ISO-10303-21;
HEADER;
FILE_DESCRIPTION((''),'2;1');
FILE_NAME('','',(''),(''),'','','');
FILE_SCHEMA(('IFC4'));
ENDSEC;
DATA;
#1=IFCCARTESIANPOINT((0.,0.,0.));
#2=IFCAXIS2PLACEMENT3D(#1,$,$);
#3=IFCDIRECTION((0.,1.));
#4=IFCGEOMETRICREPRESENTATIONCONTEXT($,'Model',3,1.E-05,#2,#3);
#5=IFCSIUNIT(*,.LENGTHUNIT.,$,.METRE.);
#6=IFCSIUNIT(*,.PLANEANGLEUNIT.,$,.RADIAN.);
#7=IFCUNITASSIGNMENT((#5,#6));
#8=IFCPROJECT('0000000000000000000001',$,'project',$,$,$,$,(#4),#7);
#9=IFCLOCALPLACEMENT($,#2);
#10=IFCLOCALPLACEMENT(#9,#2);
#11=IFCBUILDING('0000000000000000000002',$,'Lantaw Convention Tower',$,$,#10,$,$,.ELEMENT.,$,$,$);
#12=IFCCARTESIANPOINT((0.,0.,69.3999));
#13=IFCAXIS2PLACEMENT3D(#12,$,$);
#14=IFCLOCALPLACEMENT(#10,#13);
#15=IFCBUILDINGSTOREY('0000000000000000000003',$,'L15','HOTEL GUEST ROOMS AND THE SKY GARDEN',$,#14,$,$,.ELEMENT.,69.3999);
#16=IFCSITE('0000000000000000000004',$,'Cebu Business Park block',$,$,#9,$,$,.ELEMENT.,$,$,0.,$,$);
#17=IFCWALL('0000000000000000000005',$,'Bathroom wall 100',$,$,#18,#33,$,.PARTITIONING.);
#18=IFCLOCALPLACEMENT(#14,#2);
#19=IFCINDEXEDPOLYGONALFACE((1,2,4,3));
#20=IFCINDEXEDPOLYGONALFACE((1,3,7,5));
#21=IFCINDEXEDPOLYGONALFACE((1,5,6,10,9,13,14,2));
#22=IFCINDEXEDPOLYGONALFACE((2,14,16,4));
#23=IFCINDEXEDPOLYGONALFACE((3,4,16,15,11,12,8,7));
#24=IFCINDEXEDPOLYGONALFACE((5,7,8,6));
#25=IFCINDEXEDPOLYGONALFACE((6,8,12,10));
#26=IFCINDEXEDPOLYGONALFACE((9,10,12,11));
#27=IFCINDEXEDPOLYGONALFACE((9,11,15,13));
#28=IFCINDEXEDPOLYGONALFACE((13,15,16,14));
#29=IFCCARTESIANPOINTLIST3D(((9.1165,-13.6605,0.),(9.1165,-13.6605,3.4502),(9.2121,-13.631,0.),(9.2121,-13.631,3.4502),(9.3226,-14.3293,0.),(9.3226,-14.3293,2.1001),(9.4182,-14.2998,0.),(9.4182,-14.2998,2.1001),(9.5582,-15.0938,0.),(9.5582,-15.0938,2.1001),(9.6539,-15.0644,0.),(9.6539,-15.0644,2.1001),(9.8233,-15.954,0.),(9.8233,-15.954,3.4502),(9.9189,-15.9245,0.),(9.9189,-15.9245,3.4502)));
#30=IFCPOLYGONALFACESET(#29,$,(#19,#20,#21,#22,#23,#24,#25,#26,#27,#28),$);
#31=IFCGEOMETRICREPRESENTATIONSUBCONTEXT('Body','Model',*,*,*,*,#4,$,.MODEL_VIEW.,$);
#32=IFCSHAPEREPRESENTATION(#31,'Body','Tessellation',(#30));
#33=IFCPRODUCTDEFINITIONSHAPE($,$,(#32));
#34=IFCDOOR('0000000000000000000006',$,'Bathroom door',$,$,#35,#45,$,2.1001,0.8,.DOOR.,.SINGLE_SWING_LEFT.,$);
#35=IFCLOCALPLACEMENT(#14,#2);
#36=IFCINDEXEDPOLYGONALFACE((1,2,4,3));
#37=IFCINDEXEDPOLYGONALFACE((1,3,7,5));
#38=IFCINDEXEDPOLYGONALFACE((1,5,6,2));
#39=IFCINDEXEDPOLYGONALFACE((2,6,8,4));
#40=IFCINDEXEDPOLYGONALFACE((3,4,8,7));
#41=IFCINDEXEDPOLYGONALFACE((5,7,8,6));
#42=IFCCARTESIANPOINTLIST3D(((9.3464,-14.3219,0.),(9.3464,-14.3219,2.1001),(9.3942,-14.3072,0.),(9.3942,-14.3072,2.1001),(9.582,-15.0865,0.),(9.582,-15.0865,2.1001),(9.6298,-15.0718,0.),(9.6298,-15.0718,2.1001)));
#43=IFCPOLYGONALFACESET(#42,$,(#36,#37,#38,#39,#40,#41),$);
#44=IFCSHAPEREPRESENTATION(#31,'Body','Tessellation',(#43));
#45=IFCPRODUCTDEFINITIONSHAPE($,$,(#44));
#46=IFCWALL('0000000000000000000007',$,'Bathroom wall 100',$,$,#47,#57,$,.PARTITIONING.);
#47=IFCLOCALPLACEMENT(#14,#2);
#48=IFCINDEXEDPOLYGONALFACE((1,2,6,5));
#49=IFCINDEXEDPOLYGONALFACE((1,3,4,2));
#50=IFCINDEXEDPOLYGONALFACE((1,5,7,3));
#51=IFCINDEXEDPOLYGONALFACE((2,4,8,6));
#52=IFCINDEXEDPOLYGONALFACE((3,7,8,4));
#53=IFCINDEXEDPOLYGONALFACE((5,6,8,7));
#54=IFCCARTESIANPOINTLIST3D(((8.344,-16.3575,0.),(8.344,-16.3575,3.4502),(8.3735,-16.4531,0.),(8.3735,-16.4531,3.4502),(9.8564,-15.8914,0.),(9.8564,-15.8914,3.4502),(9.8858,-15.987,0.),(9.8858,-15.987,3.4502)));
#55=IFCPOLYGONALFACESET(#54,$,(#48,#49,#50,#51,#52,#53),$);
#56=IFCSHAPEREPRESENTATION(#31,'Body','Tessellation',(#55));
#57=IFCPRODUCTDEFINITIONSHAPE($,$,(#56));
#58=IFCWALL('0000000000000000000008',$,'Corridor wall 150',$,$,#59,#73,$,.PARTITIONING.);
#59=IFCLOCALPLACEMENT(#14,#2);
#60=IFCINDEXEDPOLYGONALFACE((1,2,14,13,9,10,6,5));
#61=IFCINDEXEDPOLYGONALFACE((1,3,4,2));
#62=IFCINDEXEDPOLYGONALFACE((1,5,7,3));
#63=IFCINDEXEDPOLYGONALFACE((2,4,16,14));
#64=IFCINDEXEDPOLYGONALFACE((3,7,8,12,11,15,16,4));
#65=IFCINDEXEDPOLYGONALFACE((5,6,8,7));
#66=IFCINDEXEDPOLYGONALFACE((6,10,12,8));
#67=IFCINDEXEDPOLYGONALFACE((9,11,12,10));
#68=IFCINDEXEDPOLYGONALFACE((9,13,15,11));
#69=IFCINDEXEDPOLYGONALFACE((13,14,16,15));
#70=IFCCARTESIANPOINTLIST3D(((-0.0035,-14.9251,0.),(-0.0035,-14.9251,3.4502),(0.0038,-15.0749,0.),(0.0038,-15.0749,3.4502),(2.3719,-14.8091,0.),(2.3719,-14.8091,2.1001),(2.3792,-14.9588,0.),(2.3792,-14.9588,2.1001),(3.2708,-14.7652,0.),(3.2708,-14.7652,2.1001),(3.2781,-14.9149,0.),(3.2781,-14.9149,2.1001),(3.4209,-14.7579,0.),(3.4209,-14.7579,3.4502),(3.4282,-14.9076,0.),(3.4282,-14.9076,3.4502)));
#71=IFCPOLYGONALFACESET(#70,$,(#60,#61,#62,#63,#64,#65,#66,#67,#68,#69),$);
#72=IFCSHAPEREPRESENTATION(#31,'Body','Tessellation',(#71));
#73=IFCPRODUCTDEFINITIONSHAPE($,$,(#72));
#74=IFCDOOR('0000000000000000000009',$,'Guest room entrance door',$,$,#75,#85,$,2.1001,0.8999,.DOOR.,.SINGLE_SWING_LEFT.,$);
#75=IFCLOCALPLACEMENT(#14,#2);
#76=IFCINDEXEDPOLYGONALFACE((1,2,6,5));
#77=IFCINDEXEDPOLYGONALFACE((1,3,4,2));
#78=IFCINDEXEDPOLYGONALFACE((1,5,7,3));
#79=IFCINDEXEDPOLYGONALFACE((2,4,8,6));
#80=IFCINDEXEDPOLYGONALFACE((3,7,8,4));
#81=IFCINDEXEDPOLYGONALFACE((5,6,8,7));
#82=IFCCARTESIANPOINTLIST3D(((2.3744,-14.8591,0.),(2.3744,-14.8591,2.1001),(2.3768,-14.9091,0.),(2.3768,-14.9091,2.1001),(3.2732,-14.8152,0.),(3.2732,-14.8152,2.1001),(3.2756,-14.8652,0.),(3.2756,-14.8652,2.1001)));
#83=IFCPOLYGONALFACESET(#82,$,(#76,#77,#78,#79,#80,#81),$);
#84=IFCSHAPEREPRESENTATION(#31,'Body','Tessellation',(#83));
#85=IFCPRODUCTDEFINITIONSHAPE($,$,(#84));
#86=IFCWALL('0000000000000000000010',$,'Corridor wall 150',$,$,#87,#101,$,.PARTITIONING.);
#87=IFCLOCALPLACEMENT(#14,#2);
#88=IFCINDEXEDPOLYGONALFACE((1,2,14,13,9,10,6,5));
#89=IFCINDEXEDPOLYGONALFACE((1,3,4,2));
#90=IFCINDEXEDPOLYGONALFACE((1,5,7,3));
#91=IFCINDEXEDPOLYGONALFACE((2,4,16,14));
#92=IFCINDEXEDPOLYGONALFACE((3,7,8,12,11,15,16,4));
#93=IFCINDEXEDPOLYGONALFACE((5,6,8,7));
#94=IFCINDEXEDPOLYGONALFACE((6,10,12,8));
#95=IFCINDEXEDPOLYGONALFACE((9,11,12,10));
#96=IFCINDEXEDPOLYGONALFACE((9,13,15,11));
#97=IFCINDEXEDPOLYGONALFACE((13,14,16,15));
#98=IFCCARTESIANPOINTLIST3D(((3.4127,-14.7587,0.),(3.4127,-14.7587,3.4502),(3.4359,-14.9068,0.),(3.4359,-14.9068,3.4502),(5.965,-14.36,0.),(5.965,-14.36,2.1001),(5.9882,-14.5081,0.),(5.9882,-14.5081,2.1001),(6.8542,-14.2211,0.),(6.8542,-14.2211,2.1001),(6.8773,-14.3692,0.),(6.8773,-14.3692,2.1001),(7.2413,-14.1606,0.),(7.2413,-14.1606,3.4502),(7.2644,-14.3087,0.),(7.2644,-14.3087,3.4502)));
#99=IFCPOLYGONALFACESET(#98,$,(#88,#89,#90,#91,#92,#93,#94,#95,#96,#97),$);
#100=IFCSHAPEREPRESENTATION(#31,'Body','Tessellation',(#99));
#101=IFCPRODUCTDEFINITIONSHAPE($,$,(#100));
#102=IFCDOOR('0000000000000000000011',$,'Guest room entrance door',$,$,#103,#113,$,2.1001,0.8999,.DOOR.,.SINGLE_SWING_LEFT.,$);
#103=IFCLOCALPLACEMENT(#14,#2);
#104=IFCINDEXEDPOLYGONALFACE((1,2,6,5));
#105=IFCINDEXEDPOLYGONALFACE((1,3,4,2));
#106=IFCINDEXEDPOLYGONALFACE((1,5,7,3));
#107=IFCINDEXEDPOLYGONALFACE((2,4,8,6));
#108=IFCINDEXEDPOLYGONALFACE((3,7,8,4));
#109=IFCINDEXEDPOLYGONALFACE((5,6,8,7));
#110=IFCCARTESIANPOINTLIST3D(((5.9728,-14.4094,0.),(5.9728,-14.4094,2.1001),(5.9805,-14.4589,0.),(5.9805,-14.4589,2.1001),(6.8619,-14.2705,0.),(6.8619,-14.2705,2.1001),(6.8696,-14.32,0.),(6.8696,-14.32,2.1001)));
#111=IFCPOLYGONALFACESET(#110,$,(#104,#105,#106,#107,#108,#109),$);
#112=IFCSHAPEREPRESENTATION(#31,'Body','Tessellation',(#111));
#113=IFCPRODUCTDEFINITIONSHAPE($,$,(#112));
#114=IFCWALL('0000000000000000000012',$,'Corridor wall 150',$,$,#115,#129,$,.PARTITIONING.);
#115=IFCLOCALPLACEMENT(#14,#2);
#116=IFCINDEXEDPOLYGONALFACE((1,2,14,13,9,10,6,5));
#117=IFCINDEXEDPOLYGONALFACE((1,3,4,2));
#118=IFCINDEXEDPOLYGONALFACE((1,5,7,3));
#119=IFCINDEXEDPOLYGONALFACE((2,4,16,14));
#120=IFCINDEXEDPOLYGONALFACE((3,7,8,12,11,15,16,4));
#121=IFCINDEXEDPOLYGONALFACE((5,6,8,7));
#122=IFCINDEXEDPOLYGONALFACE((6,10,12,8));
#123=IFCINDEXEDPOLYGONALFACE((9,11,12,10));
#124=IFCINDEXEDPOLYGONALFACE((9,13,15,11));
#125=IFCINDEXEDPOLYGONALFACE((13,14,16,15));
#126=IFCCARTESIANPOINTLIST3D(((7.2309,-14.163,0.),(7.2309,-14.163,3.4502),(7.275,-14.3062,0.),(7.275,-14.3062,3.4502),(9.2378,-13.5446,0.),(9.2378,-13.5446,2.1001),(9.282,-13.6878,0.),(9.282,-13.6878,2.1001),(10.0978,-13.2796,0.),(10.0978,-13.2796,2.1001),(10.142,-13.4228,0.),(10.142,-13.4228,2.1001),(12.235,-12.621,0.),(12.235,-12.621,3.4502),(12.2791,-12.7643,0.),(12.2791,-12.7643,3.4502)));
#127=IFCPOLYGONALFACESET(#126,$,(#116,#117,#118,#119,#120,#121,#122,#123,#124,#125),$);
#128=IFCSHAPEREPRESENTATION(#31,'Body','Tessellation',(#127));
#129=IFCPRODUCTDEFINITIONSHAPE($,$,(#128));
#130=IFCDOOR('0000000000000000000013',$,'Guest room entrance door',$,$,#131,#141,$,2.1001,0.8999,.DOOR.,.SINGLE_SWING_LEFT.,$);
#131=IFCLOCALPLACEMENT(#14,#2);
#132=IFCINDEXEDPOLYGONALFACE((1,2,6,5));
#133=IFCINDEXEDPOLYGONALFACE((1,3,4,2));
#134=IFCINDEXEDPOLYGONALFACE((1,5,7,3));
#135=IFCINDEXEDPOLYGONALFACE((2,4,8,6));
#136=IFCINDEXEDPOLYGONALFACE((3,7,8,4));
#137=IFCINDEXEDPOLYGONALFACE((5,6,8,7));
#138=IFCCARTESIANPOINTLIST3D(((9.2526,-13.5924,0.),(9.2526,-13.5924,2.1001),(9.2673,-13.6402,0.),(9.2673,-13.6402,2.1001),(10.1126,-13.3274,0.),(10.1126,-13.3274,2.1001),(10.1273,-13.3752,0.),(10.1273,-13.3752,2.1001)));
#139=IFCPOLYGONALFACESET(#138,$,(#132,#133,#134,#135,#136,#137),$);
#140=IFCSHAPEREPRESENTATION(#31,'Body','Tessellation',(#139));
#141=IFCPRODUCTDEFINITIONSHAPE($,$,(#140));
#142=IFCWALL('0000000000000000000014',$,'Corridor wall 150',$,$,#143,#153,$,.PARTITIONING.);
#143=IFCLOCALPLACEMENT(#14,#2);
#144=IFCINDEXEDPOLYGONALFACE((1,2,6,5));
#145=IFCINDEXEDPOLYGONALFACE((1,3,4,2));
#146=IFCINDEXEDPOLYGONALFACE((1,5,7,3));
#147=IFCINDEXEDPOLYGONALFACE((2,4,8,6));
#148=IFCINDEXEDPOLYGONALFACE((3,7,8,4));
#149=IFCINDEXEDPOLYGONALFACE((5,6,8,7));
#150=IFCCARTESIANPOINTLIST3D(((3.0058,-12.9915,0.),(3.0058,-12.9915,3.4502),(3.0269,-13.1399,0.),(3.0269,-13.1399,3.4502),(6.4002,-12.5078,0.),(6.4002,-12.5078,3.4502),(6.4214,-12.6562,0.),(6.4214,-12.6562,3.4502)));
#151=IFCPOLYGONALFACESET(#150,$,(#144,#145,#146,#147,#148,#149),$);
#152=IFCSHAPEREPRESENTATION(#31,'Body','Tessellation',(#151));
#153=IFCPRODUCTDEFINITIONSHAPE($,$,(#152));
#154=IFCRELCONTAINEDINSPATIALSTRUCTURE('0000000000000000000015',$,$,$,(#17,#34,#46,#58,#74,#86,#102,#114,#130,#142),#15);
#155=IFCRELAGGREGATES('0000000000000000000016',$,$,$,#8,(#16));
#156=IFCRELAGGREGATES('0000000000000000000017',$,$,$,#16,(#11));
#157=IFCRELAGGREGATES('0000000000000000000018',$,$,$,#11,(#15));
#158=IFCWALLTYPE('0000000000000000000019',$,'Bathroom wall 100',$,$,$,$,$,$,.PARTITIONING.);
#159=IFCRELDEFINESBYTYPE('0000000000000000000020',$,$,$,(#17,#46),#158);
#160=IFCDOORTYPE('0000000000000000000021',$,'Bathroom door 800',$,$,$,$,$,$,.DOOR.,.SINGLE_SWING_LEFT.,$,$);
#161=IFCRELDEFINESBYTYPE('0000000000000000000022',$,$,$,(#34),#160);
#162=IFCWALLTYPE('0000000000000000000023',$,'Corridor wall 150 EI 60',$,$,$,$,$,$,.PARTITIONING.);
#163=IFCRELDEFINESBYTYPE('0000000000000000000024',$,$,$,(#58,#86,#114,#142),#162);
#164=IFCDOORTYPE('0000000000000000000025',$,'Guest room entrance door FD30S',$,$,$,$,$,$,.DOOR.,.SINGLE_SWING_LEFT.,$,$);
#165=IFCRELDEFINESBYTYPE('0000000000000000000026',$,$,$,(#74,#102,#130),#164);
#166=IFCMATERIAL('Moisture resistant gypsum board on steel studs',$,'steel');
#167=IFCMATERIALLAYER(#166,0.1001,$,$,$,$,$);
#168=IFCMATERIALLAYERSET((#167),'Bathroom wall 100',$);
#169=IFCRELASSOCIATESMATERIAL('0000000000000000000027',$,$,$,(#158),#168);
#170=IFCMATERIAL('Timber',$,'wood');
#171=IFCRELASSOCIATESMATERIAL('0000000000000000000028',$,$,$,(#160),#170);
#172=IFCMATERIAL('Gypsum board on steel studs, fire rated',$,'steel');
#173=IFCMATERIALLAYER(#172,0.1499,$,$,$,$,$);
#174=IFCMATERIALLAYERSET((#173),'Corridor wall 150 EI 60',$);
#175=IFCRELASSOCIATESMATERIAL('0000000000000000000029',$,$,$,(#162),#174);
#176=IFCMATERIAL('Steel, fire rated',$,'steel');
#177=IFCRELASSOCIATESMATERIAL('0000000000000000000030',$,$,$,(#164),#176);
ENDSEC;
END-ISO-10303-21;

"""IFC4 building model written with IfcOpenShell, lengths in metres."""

from ifc_helpers import new_model, si_unit, direction, frame, frame_2d, origin, place, context, subcontext, project, spatial, rectangle, extrude, material, layer, layer_set, type_object, element, fill, save


model = new_model("IFC4")

# Units and contexts
model_context = context("Model", 3, precision=1e-05, world=origin(), true_north=direction((0.0, 1.0)))
body_context = subcontext(model_context, "Body", "Model", "MODEL_VIEW")
ifc_project = project(units=[si_unit("LENGTHUNIT", "METRE"), si_unit("PLANEANGLEUNIT", "RADIAN")], contexts=[model_context])

# Site, building, storey
site_placement = place(None, origin())
site = spatial("IfcSite", under=ifc_project, at=site_placement, Name="Cebu Business Park block", CompositionType="ELEMENT", RefElevation=0.0)
building_placement = place(site_placement, origin())
building = spatial("IfcBuilding", under=site, at=building_placement, Name="Lantaw Convention Tower", CompositionType="ELEMENT")
storey_placement = place(building_placement, frame((0.0, 0.0, 69.3999)))
storey = spatial("IfcBuildingStorey", under=building, at=storey_placement, Name="L15", Description="HOTEL GUEST ROOMS AND THE SKY GARDEN", CompositionType="ELEMENT", Elevation=69.3999)

# Shared definitions
ifc_material_1 = material(Name="Moisture resistant gypsum board on steel studs", Category="steel")
ifc_layer_1 = layer(ifc_material_1, 0.1001)
ifc_layer_set_1 = layer_set([ifc_layer_1], Name="Bathroom wall 100")
wall_type_1 = type_object("IfcWallType", Name="Bathroom wall 100", PredefinedType="PARTITIONING", material=ifc_layer_set_1)
ifc_material_2 = material(Name="Timber", Category="wood")
door_type_1 = type_object("IfcDoorType", Name="Bathroom door 800", OperationType="SINGLE_SWING_LEFT", PredefinedType="DOOR", material=ifc_material_2)

# Wall, opening, door
wall_1_placement = place(storey_placement, frame((9.1643, -13.6458, 0.0), z_axis=(0.0, 0.0, 1.0), x_axis=(0.294508, -0.955649, 0.0)))
wall_1 = element("IfcWall", 1, at=wall_1_placement, inside=storey, type_object=wall_type_1, Name="Bathroom wall 100", PredefinedType="PARTITIONING", context=body_context, shape_type="SweptSolid", body=[
    extrude(rectangle(XDim=2.3999, YDim=0.1001, at=frame_2d((1.2, 0.0))), origin(), (0.0, 0.0, 1.0), 3.4502),
])
opening_1_placement = place(wall_1_placement, frame((0.7, 0.0, 0.0)))
opening_1 = element("IfcOpeningElement", 2, at=opening_1_placement, cuts=wall_1, PredefinedType="OPENING", context=body_context, shape_type="SweptSolid", body=[
    extrude(rectangle(XDim=0.8, YDim=2.1001, at=frame_2d((0.3999, 1.05))), frame((0.0, 0.0601, 0.0), z_axis=(0.0, -1.0, 0.0), x_axis=(1.0, 0.0, 0.0)), (0.0, 0.0, 1.0), 0.1201),
])
door_1_placement = place(opening_1_placement, origin())
door_1 = element("IfcDoor", 3, at=door_1_placement, inside=storey, type_object=door_type_1, Name="Bathroom door", OperationType="SINGLE_SWING_LEFT", OverallHeight=2.1001, OverallWidth=0.8, PredefinedType="DOOR", context=body_context, shape_type="SweptSolid", body=[
    extrude(rectangle(XDim=0.8, YDim=2.1001, at=frame_2d((0.3999, 1.05))), frame((0.0, 0.0249, 0.0), z_axis=(0.0, -1.0, 0.0), x_axis=(1.0, 0.0, 0.0)), (0.0, 0.0, 1.0), 0.05),
])
fill(opening_1, door_1)

# Wall
wall_2_placement = place(storey_placement, frame((9.8711, -15.9392, 0.0), z_axis=(0.0, 0.0, 1.0), x_axis=(-0.955642, -0.29453, 0.0)))
element("IfcWall", 4, at=wall_2_placement, inside=storey, type_object=wall_type_1, Name="Bathroom wall 100", PredefinedType="PARTITIONING", context=body_context, shape_type="SweptSolid", body=[
    extrude(rectangle(XDim=1.5825, YDim=0.1001, at=frame_2d((0.7913, 0.0))), origin(), (0.0, 0.0, 1.0), 3.4502),
])

# Walls, openings, doors
ifc_material_3 = material(Name="Gypsum board on steel studs, fire rated", Category="steel")
ifc_layer_2 = layer(ifc_material_3, 0.1499)
ifc_layer_set_2 = layer_set([ifc_layer_2], Name="Corridor wall 150 EI 60")
wall_type_2 = type_object("IfcWallType", Name="Corridor wall 150 EI 60", PredefinedType="PARTITIONING", material=ifc_layer_set_2)
wall_3_placement = place(storey_placement, frame((0.0, -15.0, 0.0), z_axis=(0.0, 0.0, 1.0), x_axis=(0.99881, 0.04878, 0.0)))
wall_3 = element("IfcWall", 5, at=wall_3_placement, inside=storey, type_object=wall_type_2, Name="Corridor wall 150", PredefinedType="PARTITIONING", context=body_context, shape_type="SweptSolid", body=[
    extrude(rectangle(XDim=3.4285, YDim=0.1499, at=frame_2d((1.7144, 0.0))), origin(), (0.0, 0.0, 1.0), 3.4502),
])
opening_2_placement = place(wall_3_placement, frame((2.3784, 0.0, 0.0)))
opening_2 = element("IfcOpeningElement", 6, at=opening_2_placement, cuts=wall_3, PredefinedType="OPENING", context=body_context, shape_type="SweptSolid", body=[
    extrude(rectangle(XDim=0.8999, YDim=2.1001, at=frame_2d((0.45, 1.05))), frame((0.0, 0.085, 0.0), z_axis=(0.0, -1.0, 0.0), x_axis=(1.0, 0.0, 0.0)), (0.0, 0.0, 1.0), 0.1699),
])
ifc_material_4 = material(Name="Steel, fire rated", Category="steel")
door_type_2 = type_object("IfcDoorType", Name="Guest room entrance door FD30S", OperationType="SINGLE_SWING_LEFT", PredefinedType="DOOR", material=ifc_material_4)
door_2_placement = place(opening_2_placement, origin())
door_2 = element("IfcDoor", 7, at=door_2_placement, inside=storey, type_object=door_type_2, Name="Guest room entrance door", OperationType="SINGLE_SWING_LEFT", OverallHeight=2.1001, OverallWidth=0.8999, PredefinedType="DOOR", context=body_context, shape_type="SweptSolid", body=[
    extrude(rectangle(XDim=0.8999, YDim=2.1001, at=frame_2d((0.45, 1.05))), frame((0.0, 0.0249, 0.0), z_axis=(0.0, -1.0, 0.0), x_axis=(1.0, 0.0, 0.0)), (0.0, 0.0, 1.0), 0.05),
])
fill(opening_2, door_2)
wall_4_placement = place(storey_placement, frame((3.4243, -14.8328, 0.0), z_axis=(0.0, 0.0, 1.0), x_axis=(0.988015, 0.154358, 0.0)))
wall_4 = element("IfcWall", 8, at=wall_4_placement, inside=storey, type_object=wall_type_2, Name="Corridor wall 150", PredefinedType="PARTITIONING", context=body_context, shape_type="SweptSolid", body=[
    extrude(rectangle(XDim=3.875, YDim=0.1499, at=frame_2d((1.9375, 0.0))), origin(), (0.0, 0.0, 1.0), 3.4502),
])
opening_3_placement = place(wall_4_placement, frame((2.5833, 0.0, 0.0)))
opening_3 = element("IfcOpeningElement", 9, at=opening_3_placement, cuts=wall_4, PredefinedType="OPENING", context=body_context, shape_type="SweptSolid", body=[
    extrude(rectangle(XDim=0.8999, YDim=2.1001, at=frame_2d((0.45, 1.05))), frame((0.0, 0.085, 0.0), z_axis=(0.0, -1.0, 0.0), x_axis=(1.0, 0.0, 0.0)), (0.0, 0.0, 1.0), 0.1699),
])
door_3_placement = place(opening_3_placement, origin())
door_3 = element("IfcDoor", 10, at=door_3_placement, inside=storey, type_object=door_type_2, Name="Guest room entrance door", OperationType="SINGLE_SWING_LEFT", OverallHeight=2.1001, OverallWidth=0.8999, PredefinedType="DOOR", context=body_context, shape_type="SweptSolid", body=[
    extrude(rectangle(XDim=0.8999, YDim=2.1001, at=frame_2d((0.45, 1.05))), frame((0.0, 0.0249, 0.0), z_axis=(0.0, -1.0, 0.0), x_axis=(1.0, 0.0, 0.0)), (0.0, 0.0, 1.0), 0.05),
])
fill(opening_3, door_3)
wall_5_placement = place(storey_placement, frame((7.2529, -14.2346, 0.0), z_axis=(0.0, 0.0, 1.0), x_axis=(0.955658, 0.294479, 0.0)))
wall_5 = element("IfcWall", 11, at=wall_5_placement, inside=storey, type_object=wall_type_2, Name="Corridor wall 150", PredefinedType="PARTITIONING", context=body_context, shape_type="SweptSolid", body=[
    extrude(rectangle(XDim=5.2363, YDim=0.1499, at=frame_2d((2.6182, 0.0))), origin(), (0.0, 0.0, 1.0), 3.4502),
])
opening_4_placement = place(wall_5_placement, frame((2.1001, 0.0, 0.0)))
opening_4 = element("IfcOpeningElement", 12, at=opening_4_placement, cuts=wall_5, PredefinedType="OPENING", context=body_context, shape_type="SweptSolid", body=[
    extrude(rectangle(XDim=0.8999, YDim=2.1001, at=frame_2d((0.45, 1.05))), frame((0.0, 0.085, 0.0), z_axis=(0.0, -1.0, 0.0), x_axis=(1.0, 0.0, 0.0)), (0.0, 0.0, 1.0), 0.1699),
])
door_4_placement = place(opening_4_placement, origin())
door_4 = element("IfcDoor", 13, at=door_4_placement, inside=storey, type_object=door_type_2, Name="Guest room entrance door", OperationType="SINGLE_SWING_LEFT", OverallHeight=2.1001, OverallWidth=0.8999, PredefinedType="DOOR", context=body_context, shape_type="SweptSolid", body=[
    extrude(rectangle(XDim=0.8999, YDim=2.1001, at=frame_2d((0.45, 1.05))), frame((0.0, 0.0249, 0.0), z_axis=(0.0, -1.0, 0.0), x_axis=(1.0, 0.0, 0.0)), (0.0, 0.0, 1.0), 0.05),
])
fill(opening_4, door_4)

# Wall
wall_6_placement = place(storey_placement, frame((3.0164, -13.0657, 0.0), z_axis=(0.0, 0.0, 1.0), x_axis=(0.990002, 0.141053, 0.0)))
element("IfcWall", 14, at=wall_6_placement, inside=storey, type_object=wall_type_2, Name="Corridor wall 150", PredefinedType="PARTITIONING", context=body_context, shape_type="SweptSolid", body=[
    extrude(rectangle(XDim=3.4287, YDim=0.1499, at=frame_2d((1.7144, 0.0))), origin(), (0.0, 0.0, 1.0), 3.4502),
])

save(model, "model.ifc")
